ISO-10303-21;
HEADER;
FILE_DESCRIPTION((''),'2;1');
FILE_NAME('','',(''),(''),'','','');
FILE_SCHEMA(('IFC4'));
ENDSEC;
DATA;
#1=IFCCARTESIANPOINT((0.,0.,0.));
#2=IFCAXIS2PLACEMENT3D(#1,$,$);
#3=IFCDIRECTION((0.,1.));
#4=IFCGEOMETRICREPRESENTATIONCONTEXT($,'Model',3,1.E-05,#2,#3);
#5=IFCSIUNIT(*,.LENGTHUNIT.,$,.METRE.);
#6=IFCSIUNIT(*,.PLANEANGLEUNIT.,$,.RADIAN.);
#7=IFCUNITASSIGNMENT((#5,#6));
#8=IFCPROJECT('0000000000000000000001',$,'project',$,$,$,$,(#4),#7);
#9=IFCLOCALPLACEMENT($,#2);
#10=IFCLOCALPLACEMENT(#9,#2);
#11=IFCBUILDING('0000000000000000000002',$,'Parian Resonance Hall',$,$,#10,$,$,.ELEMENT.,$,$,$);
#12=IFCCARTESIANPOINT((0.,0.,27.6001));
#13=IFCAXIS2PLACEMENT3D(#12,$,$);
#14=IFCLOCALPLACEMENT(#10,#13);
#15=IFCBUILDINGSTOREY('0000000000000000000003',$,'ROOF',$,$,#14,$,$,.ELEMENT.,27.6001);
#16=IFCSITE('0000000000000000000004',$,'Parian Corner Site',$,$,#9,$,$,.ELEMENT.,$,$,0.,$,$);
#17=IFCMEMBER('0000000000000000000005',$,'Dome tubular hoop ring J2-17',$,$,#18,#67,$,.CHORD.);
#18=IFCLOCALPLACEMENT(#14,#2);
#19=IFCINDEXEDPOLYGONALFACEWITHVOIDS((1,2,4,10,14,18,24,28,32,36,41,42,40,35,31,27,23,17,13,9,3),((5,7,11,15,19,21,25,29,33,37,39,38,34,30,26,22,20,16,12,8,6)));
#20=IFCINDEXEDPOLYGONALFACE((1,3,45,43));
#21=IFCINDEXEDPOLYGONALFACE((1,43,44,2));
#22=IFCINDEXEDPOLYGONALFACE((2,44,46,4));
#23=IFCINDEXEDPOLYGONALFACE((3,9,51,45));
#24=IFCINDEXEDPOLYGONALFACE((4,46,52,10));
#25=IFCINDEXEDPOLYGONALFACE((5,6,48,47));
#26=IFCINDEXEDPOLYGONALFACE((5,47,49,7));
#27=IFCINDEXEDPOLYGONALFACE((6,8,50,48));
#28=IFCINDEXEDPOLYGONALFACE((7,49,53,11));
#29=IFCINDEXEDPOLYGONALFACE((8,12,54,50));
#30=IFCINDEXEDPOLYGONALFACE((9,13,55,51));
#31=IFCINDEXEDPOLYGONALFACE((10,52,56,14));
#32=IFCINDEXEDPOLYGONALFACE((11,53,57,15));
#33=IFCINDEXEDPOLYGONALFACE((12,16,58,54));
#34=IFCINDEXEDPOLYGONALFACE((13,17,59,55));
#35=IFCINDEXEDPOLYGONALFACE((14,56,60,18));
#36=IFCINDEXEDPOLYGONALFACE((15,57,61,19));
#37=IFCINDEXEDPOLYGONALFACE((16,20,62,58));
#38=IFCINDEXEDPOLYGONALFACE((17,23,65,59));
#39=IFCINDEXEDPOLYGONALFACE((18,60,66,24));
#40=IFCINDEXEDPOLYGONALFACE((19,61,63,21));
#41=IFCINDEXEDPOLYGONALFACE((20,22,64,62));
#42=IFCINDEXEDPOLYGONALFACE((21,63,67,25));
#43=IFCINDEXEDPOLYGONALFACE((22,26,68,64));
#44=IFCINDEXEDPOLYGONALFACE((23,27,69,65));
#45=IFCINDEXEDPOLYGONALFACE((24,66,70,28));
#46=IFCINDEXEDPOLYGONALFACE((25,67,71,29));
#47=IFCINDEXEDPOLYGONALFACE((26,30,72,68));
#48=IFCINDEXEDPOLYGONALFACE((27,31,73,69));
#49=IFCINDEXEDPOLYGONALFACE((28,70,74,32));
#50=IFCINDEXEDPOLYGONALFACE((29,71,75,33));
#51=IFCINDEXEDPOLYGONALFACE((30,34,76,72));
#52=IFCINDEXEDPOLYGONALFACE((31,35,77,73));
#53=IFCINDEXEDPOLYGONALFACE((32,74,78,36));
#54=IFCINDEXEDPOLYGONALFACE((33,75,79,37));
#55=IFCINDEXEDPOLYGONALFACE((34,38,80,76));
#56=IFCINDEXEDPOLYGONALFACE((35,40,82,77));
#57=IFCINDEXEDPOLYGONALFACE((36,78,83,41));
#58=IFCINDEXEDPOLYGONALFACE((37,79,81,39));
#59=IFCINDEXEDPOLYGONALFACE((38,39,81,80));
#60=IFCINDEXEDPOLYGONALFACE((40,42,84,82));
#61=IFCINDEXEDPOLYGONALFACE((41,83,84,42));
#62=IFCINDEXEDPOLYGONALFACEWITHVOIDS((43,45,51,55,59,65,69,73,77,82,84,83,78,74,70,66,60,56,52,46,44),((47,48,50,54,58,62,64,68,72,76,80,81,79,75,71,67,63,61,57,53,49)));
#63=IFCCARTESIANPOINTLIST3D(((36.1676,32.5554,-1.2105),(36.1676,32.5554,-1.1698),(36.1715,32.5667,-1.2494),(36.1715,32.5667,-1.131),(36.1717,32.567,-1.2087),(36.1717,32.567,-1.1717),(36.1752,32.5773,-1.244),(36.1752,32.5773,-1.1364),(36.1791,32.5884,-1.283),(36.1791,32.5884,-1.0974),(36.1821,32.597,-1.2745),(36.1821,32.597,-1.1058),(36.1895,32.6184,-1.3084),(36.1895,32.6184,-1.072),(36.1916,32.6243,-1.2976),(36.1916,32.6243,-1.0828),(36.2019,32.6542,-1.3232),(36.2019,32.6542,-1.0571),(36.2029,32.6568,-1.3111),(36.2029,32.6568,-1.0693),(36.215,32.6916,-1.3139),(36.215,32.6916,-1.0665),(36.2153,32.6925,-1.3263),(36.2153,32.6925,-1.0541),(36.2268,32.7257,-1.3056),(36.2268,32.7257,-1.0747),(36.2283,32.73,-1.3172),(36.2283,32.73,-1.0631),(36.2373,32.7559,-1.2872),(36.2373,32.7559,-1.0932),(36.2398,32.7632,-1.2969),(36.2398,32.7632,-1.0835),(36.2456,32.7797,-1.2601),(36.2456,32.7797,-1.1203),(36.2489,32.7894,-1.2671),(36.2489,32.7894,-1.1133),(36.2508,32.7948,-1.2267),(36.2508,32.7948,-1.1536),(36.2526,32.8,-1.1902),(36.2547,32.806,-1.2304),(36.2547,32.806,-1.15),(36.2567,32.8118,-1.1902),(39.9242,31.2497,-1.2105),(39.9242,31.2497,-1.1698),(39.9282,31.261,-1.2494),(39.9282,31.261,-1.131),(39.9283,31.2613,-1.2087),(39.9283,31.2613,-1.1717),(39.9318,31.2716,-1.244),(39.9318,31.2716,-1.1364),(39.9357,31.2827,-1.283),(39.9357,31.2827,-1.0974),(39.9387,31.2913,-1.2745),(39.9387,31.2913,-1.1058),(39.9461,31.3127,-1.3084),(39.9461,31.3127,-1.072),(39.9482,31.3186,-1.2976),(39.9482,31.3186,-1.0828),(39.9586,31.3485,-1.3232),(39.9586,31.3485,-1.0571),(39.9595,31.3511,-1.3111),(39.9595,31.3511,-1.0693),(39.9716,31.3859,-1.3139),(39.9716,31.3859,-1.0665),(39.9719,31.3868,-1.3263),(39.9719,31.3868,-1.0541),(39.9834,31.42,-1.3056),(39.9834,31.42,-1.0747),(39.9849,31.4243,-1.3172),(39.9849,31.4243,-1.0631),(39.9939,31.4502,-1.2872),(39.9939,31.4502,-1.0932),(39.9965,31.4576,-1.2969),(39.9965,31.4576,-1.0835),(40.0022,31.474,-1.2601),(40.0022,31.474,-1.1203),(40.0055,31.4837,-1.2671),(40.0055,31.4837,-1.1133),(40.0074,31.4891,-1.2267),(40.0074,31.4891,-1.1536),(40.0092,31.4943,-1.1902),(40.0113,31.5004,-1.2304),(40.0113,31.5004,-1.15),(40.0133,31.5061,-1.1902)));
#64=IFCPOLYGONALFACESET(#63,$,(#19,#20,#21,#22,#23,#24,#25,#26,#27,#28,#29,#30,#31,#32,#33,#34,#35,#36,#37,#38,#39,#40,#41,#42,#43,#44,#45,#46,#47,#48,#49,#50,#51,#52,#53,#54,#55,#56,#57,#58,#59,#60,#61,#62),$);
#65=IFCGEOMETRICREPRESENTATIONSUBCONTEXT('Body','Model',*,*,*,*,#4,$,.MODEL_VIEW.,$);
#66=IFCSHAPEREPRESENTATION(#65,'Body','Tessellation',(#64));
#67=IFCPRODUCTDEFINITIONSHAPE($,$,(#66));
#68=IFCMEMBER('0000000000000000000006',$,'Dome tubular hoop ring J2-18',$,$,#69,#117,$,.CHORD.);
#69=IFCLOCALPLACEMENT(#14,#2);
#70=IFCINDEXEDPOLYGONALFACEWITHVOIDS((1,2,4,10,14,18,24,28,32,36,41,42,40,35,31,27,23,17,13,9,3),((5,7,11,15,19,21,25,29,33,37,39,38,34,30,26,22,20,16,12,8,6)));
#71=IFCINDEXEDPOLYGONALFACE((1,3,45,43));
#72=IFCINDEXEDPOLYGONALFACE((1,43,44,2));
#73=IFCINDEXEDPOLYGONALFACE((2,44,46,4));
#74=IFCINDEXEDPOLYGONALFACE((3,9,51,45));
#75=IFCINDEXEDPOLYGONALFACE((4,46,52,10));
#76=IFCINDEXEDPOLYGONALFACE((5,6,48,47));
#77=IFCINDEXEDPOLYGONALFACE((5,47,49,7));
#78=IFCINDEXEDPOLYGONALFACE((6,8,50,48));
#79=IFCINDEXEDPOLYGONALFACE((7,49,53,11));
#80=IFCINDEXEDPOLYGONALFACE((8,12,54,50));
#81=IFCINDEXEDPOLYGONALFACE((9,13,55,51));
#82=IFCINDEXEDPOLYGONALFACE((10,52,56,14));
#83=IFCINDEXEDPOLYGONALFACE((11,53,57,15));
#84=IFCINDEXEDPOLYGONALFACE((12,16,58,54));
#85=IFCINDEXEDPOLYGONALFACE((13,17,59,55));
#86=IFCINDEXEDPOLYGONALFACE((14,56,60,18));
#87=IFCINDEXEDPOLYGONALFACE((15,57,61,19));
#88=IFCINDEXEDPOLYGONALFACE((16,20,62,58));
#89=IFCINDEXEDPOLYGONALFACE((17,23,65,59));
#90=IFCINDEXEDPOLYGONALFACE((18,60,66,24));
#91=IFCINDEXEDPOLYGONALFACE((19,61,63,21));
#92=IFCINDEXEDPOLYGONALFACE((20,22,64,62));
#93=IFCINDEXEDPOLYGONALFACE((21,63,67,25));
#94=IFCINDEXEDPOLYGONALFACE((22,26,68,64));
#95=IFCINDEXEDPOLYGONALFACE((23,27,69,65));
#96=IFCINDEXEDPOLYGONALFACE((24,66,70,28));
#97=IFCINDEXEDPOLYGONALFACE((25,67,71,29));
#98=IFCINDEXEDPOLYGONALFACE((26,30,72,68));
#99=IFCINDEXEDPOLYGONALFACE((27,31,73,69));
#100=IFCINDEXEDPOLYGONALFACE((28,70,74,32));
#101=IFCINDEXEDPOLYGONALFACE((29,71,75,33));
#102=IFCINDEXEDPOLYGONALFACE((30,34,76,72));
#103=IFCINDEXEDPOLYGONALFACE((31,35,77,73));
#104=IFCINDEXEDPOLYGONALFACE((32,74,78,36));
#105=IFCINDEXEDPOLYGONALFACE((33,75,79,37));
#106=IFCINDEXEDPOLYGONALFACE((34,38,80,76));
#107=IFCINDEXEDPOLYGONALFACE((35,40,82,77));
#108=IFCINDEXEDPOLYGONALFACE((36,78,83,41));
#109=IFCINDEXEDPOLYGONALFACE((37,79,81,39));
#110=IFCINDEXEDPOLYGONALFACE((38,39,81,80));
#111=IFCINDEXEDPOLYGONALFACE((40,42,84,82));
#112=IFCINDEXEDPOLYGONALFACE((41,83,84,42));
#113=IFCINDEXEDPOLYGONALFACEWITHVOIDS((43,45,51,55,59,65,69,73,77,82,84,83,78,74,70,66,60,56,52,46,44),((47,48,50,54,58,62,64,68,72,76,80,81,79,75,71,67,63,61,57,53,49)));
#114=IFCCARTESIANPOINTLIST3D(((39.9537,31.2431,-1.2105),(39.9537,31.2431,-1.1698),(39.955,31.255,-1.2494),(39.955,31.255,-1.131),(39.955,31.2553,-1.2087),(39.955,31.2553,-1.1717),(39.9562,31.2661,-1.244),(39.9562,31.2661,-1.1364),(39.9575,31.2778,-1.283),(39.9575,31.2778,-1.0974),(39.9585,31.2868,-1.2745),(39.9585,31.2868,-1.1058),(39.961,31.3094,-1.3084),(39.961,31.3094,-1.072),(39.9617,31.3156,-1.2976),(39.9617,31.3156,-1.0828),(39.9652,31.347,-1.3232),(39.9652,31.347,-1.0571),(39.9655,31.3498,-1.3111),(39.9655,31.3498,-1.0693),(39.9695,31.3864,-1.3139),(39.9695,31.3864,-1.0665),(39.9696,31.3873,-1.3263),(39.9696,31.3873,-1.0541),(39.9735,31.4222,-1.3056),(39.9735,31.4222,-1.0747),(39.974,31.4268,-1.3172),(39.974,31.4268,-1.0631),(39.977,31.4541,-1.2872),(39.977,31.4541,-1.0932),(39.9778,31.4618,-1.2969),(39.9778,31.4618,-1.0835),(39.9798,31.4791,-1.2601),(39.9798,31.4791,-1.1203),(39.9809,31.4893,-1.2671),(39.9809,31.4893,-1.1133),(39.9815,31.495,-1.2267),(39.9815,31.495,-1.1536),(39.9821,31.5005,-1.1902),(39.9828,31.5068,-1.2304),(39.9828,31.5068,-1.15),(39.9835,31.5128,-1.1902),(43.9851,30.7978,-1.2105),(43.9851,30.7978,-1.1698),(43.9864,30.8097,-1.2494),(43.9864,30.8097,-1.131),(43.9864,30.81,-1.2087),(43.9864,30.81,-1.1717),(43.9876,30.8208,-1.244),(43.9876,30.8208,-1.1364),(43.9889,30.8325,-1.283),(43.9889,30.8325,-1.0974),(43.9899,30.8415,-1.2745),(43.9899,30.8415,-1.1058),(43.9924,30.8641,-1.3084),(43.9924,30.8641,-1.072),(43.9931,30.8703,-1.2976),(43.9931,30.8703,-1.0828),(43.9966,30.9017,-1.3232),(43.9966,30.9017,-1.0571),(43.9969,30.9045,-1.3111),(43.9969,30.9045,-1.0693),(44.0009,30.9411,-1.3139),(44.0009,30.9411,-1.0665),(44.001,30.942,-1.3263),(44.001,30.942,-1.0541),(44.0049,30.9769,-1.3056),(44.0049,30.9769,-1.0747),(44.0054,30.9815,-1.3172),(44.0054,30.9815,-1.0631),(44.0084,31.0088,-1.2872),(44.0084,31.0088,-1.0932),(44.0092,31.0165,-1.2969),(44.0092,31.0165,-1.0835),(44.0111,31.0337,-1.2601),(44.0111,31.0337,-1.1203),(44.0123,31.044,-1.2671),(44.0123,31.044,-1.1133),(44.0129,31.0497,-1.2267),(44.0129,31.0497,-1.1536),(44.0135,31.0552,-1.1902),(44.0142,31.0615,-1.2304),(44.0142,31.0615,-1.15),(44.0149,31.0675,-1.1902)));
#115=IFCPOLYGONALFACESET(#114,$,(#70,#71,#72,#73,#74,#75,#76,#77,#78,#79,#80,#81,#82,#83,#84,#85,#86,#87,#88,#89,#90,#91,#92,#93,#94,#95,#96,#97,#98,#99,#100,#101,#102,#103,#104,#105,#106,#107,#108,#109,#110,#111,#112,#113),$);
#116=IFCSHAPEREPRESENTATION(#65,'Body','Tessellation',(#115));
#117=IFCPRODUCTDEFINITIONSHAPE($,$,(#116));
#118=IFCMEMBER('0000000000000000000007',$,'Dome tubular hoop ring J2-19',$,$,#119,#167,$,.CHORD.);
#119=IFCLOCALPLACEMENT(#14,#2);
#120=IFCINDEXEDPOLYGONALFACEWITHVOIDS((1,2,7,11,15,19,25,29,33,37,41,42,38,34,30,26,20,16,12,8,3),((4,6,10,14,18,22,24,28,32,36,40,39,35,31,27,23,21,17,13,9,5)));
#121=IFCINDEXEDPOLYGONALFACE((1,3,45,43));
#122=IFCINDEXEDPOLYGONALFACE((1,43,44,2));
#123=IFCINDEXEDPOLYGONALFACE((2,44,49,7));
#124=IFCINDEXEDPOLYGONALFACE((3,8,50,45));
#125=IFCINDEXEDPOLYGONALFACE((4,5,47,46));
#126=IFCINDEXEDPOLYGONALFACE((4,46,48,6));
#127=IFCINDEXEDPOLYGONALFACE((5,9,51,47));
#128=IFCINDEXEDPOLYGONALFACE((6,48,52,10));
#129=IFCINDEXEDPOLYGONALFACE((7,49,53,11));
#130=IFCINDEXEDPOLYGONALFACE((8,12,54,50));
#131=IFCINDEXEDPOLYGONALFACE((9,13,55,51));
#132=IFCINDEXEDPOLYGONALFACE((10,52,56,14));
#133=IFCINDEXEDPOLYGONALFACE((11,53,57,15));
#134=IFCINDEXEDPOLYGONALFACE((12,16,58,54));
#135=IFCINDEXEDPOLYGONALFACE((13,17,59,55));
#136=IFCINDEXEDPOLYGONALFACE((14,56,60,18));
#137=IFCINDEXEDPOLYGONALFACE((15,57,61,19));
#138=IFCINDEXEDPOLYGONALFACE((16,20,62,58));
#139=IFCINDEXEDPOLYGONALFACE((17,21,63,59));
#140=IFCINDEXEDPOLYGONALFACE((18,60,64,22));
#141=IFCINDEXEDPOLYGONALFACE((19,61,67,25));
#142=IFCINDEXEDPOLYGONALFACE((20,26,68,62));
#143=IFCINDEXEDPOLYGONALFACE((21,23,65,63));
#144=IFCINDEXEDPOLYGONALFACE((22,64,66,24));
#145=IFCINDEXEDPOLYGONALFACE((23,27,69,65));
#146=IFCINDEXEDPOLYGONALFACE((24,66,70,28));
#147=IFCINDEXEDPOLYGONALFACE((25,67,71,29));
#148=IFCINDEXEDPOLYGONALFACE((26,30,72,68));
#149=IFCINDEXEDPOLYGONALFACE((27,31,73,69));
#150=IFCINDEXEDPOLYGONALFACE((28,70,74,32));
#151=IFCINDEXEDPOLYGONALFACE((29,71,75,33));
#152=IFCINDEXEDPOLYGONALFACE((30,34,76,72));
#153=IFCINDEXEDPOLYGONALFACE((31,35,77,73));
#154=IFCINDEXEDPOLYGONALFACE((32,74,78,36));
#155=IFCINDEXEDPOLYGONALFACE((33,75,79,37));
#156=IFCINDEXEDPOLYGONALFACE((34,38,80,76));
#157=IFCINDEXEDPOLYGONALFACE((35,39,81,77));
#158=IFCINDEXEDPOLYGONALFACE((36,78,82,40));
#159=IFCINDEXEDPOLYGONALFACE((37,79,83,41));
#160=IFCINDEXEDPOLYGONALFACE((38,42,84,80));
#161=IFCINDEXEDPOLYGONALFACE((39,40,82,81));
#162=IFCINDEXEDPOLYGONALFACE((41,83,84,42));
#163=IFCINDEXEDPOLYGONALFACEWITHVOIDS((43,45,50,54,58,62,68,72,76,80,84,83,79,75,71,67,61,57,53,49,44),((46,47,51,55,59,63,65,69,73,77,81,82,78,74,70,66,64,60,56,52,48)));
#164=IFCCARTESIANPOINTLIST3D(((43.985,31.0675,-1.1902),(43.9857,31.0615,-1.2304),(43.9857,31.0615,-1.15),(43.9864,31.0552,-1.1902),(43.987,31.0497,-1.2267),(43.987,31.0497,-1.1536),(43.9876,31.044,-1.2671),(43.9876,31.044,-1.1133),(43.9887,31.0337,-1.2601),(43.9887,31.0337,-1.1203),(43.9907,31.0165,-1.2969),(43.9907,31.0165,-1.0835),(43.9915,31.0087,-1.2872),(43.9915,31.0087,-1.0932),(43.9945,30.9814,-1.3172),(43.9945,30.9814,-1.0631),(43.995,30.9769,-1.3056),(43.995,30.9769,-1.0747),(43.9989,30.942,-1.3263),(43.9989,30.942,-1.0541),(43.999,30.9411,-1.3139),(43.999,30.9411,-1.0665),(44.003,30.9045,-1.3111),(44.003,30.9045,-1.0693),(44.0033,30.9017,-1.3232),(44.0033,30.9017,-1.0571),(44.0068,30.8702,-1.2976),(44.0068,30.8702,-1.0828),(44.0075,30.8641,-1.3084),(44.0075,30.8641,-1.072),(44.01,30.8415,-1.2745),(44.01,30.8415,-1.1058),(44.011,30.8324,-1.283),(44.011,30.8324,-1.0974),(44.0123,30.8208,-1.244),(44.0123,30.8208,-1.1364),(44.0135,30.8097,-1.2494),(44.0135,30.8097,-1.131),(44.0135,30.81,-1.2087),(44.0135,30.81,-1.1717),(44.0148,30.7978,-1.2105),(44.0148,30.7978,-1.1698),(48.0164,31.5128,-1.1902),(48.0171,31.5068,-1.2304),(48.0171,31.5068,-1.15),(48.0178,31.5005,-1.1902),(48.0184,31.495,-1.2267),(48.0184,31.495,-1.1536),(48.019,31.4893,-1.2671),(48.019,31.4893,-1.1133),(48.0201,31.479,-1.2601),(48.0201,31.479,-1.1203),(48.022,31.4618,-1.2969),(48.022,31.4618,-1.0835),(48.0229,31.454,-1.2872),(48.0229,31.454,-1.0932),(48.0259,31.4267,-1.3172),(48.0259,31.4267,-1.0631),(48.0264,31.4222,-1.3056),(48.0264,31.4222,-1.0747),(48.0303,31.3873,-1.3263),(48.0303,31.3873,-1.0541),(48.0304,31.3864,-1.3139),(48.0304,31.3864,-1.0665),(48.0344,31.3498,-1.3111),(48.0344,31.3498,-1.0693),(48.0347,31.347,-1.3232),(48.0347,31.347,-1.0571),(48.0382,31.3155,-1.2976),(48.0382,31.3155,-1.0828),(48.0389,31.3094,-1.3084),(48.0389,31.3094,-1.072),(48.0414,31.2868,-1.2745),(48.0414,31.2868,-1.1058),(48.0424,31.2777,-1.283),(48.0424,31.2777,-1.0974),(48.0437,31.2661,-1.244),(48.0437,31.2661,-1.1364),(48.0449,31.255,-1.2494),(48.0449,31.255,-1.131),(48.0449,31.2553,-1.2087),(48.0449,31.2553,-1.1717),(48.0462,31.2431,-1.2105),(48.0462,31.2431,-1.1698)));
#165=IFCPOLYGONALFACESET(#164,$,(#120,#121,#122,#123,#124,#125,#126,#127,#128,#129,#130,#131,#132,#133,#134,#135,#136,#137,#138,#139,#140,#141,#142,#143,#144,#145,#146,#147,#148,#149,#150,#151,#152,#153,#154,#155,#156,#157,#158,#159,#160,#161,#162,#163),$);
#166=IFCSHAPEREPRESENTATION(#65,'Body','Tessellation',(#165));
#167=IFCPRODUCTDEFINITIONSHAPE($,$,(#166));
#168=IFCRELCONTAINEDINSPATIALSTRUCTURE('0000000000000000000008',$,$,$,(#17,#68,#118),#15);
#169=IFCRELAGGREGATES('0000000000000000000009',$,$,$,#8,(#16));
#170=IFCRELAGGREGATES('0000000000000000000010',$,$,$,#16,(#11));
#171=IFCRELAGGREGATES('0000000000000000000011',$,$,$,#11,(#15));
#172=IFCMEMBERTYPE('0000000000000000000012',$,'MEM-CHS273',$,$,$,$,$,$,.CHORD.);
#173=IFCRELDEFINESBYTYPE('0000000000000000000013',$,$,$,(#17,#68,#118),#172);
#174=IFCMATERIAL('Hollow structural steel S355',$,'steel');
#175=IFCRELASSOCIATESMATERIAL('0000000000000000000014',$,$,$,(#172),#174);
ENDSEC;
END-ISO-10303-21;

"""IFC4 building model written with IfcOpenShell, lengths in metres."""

from ifc_helpers import new_model, si_unit, direction, frame, origin, origin_2d, place, context, subcontext, project, spatial, hollow_circle, extrude, material, material_profile, profile_set, type_object, element, save


model = new_model("IFC4")

# Units and contexts
model_context = context("Model", 3, precision=1e-05, world=origin(), true_north=direction((0.0, 1.0)))
body_context = subcontext(model_context, "Body", "Model", "MODEL_VIEW")
ifc_project = project(units=[si_unit("LENGTHUNIT", "METRE"), si_unit("PLANEANGLEUNIT", "RADIAN")], contexts=[model_context])

# Site, building, storey
site_placement = place(None, origin())
site = spatial("IfcSite", under=ifc_project, at=site_placement, Name="Parian Corner Site", CompositionType="ELEMENT", RefElevation=0.0)
building_placement = place(site_placement, origin())
building = spatial("IfcBuilding", under=site, at=building_placement, Name="Parian Resonance Hall", CompositionType="ELEMENT")
storey_placement = place(building_placement, frame((0.0, 0.0, 27.6001)))
storey = spatial("IfcBuildingStorey", under=building, at=storey_placement, Name="ROOF", CompositionType="ELEMENT", Elevation=27.6001)

# Members
ifc_material_1 = material(Name="Hollow structural steel S355", Category="steel")
ifc_material_profile_1 = material_profile(ifc_material_1, hollow_circle(Radius=0.1365, WallThickness=0.0125, at=origin_2d()), Name="CHS273x12.5")
ifc_profile_set_1 = profile_set([ifc_material_profile_1], Name="Hollow structural steel S355")
member_type_1 = type_object("IfcMemberType", Name="MEM-CHS273", PredefinedType="CHORD", material=ifc_profile_set_1)
member_1_placement = place(storey_placement, frame((36.2119, 32.6829, -1.1902), z_axis=(0.944573, -0.328302, 0.0), x_axis=(0.328302, 0.944573, 0.0)))
element("IfcMember", 1, at=member_1_placement, inside=storey, type_object=member_type_1, Name="Dome tubular hoop ring J2-17", PredefinedType="CHORD", context=body_context, shape_type="SweptSolid", body=[
    extrude(hollow_circle(Radius=0.1365, WallThickness=0.0125, at=origin_2d()), origin(), (0.0, 0.0, 1.0), 3.9771),
])
for number, where, z_axis, x_axis, name in (
    (2, (39.9685, 31.3772, -1.1902), (0.993955, -0.109791, 0.0), (0.109791, 0.993955, 0.0), "Dome tubular hoop ring J2-18"),
    (3, (44.0, 30.9319, -1.1902), (0.993955, 0.109791, 0.0), (-0.109791, 0.993955, 0.0), "Dome tubular hoop ring J2-19"),
):
    element("IfcMember", number, at=place(storey_placement, frame(where, z_axis=z_axis, x_axis=x_axis)), inside=storey, type_object=member_type_1, Name=name, PredefinedType="CHORD", context=body_context, shape_type="SweptSolid", body=[
        extrude(hollow_circle(Radius=0.1365, WallThickness=0.0125, at=origin_2d()), origin(), (0.0, 0.0, 1.0), 4.0559),
    ])

save(model, "model.ifc")
